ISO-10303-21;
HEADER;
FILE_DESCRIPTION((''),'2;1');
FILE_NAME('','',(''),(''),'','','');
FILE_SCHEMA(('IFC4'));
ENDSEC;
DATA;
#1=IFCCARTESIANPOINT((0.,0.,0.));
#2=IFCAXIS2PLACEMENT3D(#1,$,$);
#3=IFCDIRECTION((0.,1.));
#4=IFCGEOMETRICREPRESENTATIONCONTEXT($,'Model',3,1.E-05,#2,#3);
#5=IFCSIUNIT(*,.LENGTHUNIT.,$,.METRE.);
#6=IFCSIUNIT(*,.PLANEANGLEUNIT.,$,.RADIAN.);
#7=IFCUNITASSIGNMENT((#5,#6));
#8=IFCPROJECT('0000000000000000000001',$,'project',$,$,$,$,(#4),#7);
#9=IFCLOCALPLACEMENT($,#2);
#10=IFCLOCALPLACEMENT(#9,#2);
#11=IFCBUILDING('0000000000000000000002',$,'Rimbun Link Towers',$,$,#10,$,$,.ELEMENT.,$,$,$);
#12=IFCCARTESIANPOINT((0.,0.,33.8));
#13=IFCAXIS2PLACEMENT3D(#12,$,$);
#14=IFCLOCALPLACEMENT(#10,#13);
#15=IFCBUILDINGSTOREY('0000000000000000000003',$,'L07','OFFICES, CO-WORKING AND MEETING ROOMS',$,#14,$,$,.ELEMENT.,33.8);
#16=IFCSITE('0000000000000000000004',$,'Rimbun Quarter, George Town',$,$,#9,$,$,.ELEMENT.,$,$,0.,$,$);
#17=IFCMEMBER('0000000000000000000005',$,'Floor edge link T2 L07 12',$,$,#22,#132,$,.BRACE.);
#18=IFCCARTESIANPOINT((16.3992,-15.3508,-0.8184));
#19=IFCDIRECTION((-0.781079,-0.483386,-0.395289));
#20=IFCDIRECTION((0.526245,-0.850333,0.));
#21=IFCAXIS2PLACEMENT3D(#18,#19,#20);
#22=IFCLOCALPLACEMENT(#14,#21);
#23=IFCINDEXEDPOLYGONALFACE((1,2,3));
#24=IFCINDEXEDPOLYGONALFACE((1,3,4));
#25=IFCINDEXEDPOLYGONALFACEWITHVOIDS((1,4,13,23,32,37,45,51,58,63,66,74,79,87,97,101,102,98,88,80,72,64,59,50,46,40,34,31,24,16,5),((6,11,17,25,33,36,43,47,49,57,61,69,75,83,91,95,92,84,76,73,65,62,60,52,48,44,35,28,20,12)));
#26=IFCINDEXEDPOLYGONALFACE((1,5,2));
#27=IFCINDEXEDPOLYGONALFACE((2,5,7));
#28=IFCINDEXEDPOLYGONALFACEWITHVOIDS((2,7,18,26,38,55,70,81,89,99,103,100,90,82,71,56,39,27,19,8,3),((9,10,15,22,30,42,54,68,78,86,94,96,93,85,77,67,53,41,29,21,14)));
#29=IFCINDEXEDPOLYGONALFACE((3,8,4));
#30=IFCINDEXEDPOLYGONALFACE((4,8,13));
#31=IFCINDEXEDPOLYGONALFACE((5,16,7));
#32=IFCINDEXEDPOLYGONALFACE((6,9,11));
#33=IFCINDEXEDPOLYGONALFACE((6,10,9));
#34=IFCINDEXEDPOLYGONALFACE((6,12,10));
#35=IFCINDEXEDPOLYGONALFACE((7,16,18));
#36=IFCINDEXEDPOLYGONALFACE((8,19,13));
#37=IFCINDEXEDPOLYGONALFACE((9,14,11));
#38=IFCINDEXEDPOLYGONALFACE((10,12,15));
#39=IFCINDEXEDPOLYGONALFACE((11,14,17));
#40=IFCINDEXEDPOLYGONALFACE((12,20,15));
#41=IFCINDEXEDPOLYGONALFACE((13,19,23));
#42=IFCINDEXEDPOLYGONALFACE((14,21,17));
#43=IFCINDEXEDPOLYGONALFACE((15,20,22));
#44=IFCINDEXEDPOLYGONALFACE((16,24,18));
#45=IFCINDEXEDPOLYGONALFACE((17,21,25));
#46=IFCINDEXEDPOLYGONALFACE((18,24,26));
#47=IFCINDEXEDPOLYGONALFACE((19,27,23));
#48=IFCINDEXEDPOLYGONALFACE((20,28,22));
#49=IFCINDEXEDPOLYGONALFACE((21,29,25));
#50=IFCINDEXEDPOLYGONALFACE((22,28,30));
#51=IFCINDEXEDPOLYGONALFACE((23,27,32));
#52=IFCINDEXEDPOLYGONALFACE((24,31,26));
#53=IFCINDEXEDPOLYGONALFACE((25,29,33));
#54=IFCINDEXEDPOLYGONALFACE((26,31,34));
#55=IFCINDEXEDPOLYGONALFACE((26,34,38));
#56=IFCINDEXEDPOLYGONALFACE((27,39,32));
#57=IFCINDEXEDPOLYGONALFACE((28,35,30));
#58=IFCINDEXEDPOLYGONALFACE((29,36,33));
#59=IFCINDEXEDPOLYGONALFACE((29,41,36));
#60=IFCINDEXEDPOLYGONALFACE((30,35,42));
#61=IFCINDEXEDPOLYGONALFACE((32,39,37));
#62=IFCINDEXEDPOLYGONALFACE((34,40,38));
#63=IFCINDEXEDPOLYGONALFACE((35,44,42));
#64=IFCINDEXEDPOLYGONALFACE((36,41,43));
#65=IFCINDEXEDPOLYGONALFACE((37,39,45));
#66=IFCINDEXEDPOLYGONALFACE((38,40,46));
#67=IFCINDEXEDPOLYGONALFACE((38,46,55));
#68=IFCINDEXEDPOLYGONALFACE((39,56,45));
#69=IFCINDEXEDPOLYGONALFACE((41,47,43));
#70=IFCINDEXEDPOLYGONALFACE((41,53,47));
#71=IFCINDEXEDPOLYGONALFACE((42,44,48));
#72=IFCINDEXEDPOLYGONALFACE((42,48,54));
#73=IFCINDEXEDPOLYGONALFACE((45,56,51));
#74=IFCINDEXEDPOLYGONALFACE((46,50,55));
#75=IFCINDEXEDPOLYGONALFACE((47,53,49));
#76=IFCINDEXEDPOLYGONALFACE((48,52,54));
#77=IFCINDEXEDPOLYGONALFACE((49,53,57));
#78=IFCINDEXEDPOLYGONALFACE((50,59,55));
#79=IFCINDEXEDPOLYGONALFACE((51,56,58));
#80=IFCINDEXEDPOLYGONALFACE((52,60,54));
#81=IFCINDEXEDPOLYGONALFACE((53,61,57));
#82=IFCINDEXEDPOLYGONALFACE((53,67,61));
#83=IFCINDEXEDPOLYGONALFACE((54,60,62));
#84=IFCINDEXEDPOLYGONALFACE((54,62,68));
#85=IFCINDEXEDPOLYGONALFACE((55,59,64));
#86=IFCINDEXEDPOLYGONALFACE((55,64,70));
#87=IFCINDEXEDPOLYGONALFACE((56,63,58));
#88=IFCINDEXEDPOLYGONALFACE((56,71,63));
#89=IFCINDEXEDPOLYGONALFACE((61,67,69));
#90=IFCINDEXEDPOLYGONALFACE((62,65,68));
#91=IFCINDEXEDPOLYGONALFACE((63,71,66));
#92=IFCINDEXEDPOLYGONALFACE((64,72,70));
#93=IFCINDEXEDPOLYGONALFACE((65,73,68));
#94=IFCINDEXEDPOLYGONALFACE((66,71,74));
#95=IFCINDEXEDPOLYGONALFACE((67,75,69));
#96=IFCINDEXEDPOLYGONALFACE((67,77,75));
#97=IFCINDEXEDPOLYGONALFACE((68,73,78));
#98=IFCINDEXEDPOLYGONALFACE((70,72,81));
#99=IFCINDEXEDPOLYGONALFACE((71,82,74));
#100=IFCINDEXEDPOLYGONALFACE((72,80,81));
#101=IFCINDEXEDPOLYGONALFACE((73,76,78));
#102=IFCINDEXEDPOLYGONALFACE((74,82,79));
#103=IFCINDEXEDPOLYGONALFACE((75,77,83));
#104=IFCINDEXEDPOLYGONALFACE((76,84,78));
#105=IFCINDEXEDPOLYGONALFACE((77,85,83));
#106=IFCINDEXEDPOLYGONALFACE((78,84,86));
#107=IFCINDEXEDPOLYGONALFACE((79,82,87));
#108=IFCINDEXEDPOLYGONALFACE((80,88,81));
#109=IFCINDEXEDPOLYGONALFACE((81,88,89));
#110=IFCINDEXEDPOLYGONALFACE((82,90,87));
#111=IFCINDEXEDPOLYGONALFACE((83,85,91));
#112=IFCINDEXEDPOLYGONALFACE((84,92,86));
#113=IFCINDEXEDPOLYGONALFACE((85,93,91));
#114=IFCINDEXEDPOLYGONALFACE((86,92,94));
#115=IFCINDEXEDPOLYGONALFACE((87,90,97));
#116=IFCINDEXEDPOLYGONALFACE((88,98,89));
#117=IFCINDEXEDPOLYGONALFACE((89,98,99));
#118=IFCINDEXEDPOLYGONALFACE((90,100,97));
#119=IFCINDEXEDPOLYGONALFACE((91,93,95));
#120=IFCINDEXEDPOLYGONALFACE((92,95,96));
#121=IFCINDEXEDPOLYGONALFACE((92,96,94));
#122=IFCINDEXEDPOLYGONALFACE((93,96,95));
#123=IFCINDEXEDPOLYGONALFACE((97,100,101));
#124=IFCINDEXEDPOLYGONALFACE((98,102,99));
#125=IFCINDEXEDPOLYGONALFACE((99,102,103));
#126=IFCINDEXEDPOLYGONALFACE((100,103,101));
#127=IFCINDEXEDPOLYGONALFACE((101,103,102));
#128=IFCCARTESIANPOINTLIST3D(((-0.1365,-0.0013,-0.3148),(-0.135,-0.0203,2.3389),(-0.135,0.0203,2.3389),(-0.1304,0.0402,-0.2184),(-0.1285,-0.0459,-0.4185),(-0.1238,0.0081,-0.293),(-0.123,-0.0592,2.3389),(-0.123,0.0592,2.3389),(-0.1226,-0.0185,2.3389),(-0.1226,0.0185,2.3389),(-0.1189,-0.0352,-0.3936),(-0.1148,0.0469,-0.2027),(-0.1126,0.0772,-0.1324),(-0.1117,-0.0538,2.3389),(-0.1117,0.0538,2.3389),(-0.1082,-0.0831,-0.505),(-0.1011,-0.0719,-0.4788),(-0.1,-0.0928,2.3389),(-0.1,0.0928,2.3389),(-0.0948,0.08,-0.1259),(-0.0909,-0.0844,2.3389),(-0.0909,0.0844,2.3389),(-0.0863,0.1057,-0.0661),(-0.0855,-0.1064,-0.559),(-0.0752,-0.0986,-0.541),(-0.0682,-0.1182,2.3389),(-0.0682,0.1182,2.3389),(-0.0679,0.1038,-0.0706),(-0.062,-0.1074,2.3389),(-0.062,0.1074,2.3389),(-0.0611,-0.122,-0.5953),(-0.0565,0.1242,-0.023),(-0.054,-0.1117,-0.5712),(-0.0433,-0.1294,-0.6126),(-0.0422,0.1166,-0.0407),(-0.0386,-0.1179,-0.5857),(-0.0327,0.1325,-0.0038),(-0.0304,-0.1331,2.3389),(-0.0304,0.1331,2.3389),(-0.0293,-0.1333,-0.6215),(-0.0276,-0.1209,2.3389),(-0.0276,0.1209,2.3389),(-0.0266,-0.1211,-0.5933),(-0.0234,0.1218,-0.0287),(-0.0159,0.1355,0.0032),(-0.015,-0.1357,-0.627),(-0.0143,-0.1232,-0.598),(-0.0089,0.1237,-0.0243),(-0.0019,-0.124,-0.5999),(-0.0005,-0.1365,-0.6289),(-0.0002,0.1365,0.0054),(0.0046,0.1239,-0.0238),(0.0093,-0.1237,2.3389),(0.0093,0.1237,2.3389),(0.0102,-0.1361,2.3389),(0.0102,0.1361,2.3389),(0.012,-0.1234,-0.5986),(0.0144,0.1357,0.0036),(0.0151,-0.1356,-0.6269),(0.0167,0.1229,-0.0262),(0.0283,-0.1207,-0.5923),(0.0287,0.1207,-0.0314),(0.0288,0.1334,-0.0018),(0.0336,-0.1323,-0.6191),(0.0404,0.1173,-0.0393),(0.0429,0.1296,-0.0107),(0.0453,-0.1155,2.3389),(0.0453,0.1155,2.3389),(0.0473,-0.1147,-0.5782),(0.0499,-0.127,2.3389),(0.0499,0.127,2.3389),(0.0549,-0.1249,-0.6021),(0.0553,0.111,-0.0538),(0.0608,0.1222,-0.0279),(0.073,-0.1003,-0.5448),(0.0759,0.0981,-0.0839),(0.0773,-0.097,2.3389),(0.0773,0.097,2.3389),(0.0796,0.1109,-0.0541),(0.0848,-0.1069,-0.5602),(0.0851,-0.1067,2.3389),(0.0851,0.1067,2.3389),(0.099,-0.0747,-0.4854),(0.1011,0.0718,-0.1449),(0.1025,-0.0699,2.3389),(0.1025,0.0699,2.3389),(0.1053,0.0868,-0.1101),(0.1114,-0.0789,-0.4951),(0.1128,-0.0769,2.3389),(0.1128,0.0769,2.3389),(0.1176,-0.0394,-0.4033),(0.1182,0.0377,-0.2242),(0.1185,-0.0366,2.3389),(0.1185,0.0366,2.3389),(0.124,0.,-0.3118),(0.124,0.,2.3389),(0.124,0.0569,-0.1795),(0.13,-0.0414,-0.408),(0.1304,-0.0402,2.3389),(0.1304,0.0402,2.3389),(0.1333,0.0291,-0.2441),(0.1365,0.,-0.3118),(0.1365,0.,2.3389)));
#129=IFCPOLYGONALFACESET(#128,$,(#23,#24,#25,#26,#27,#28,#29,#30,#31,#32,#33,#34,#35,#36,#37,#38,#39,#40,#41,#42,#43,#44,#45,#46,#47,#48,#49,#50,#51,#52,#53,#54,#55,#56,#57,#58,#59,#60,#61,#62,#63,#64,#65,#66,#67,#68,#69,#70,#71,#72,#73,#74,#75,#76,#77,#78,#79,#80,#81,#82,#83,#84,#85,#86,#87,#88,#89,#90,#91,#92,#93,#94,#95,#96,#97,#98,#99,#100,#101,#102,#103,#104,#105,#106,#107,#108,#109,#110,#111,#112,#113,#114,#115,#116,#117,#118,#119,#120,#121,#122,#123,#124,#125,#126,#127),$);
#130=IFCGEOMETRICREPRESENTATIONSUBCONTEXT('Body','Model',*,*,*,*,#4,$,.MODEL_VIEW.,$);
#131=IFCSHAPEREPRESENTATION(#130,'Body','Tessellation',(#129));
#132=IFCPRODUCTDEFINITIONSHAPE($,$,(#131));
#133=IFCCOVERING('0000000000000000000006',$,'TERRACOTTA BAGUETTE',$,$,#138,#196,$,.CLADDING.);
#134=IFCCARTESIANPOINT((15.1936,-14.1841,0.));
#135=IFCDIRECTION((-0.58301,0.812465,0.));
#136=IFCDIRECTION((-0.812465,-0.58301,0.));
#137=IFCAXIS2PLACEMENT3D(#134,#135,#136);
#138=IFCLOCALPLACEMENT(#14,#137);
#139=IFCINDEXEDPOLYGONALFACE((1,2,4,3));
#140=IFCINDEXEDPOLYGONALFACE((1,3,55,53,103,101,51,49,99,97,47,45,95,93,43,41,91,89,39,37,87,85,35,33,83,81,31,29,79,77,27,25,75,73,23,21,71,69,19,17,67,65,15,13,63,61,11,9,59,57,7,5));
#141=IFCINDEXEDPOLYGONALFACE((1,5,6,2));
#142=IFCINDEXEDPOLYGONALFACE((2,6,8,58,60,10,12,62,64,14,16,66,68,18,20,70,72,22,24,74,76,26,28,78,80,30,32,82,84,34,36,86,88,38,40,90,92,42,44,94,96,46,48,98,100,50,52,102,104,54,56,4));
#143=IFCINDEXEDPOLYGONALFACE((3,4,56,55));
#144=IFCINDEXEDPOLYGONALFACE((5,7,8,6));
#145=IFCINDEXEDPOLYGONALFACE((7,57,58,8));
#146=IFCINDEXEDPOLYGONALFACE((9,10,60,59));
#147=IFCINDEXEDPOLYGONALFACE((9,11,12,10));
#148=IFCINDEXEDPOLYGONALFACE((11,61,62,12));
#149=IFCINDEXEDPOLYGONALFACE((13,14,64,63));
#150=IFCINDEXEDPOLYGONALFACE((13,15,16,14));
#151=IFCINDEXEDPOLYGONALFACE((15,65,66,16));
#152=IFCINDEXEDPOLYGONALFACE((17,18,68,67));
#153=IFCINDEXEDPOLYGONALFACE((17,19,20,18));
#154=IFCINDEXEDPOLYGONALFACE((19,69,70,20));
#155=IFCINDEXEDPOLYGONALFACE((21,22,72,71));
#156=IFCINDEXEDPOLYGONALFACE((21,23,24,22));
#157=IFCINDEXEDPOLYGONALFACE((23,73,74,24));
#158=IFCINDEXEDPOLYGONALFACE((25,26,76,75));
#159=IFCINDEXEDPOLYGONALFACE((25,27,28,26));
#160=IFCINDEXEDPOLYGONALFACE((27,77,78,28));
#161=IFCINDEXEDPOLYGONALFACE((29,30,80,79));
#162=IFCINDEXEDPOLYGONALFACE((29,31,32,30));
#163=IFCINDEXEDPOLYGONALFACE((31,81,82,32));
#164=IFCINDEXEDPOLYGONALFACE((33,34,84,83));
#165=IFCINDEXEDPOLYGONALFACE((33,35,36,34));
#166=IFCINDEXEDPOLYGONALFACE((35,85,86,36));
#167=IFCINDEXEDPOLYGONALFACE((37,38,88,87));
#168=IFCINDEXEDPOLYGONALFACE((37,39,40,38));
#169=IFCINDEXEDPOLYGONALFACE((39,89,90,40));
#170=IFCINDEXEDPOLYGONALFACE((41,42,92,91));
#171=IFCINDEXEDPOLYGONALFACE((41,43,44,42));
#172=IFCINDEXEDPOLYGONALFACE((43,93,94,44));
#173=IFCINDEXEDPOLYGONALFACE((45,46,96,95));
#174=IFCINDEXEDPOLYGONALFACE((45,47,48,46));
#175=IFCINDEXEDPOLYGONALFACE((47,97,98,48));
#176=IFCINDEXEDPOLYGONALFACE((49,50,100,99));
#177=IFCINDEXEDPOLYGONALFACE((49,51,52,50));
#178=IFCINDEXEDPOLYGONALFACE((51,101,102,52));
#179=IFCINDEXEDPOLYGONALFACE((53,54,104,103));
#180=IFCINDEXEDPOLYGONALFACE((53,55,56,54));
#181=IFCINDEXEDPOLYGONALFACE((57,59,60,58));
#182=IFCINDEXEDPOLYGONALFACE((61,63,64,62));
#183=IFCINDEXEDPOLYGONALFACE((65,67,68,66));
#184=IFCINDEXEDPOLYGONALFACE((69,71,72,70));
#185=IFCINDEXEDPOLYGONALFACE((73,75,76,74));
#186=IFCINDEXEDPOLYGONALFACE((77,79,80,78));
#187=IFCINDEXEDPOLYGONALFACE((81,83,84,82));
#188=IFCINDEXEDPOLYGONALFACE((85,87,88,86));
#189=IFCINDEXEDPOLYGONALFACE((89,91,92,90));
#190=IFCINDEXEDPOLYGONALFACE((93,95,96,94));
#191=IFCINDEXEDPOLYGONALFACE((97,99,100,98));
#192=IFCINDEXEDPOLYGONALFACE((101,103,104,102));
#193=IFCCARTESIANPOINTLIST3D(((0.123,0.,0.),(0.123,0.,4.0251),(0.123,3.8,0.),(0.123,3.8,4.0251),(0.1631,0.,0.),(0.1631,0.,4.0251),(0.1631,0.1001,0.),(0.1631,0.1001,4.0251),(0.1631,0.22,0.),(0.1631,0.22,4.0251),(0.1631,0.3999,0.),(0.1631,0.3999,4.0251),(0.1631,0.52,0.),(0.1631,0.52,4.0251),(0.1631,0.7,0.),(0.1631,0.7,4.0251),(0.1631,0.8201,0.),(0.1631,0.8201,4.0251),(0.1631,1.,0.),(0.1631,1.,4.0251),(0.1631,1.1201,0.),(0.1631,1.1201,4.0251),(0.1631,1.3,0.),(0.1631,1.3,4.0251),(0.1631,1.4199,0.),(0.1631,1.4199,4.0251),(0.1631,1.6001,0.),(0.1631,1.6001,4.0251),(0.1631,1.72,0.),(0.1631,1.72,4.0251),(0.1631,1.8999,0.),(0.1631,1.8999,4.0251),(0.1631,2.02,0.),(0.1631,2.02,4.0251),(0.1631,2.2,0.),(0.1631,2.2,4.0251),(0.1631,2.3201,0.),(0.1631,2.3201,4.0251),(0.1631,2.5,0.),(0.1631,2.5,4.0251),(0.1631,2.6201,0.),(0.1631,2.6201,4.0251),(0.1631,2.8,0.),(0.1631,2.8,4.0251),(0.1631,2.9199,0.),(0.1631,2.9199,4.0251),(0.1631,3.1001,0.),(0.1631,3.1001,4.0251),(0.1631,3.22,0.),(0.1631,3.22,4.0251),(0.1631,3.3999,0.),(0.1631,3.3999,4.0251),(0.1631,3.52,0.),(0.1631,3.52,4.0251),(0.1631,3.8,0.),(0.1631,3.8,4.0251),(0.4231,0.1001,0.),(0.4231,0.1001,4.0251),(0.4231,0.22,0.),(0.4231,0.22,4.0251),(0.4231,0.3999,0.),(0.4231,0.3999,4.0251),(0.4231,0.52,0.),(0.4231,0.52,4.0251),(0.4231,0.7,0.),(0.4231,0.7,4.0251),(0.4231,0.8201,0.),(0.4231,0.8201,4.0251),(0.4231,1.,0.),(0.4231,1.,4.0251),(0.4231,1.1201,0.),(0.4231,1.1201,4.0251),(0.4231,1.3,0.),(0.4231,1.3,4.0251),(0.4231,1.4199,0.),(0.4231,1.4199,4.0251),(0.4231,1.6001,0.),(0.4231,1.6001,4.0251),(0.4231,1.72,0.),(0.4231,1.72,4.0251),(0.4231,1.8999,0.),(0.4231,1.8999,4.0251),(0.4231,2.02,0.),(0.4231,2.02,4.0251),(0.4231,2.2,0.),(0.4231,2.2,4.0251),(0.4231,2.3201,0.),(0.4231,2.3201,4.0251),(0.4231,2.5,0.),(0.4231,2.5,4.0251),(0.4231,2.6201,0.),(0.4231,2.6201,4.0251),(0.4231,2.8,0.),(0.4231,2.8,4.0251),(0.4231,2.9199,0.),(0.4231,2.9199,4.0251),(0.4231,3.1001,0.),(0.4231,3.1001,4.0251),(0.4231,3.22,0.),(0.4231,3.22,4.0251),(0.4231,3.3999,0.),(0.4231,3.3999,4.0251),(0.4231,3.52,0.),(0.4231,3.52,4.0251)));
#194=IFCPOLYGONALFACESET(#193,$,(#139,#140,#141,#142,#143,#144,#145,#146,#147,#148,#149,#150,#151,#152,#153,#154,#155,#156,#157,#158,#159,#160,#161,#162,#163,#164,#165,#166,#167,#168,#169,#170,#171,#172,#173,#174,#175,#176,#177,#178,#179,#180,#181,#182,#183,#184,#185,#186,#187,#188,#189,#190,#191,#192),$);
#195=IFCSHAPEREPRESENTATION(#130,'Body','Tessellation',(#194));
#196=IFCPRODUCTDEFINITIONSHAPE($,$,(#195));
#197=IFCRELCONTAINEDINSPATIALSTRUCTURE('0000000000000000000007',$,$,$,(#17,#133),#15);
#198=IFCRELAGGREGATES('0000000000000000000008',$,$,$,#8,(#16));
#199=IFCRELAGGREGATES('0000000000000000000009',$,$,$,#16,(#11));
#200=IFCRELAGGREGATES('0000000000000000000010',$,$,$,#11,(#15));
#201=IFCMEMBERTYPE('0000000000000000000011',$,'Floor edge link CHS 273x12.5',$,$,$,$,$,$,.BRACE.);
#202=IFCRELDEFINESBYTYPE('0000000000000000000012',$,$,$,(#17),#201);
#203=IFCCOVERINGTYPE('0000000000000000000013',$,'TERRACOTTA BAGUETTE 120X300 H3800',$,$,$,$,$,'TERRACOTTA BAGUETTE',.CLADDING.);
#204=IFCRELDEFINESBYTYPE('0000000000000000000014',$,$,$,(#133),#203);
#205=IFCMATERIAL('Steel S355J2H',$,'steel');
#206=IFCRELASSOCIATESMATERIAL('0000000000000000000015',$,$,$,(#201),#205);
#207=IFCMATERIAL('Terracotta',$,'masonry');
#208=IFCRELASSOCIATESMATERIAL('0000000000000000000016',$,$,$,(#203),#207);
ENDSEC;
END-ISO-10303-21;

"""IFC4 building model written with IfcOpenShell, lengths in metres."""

from ifc_helpers import new_model, si_unit, direction, frame, origin, origin_2d, place, context, subcontext, project, spatial, polyline, hollow_circle, outline, extrude, clip, halfspace, material, material_profile, profile_set, type_object, element, save


model = new_model("IFC4")

# Units and contexts
model_context = context("Model", 3, precision=1e-05, world=origin(), true_north=direction((0.0, 1.0)))
body_context = subcontext(model_context, "Body", "Model", "MODEL_VIEW")
ifc_project = project(units=[si_unit("LENGTHUNIT", "METRE"), si_unit("PLANEANGLEUNIT", "RADIAN")], contexts=[model_context])

# Site, building, storey
site_placement = place(None, origin())
site = spatial("IfcSite", under=ifc_project, at=site_placement, Name="Rimbun Quarter, George Town", CompositionType="ELEMENT", RefElevation=0.0)
building_placement = place(site_placement, origin())
building = spatial("IfcBuilding", under=site, at=building_placement, Name="Rimbun Link Towers", CompositionType="ELEMENT")
storey_placement = place(building_placement, frame((0.0, 0.0, 33.8)))
storey = spatial("IfcBuildingStorey", under=building, at=storey_placement, Name="L07", Description="OFFICES, CO-WORKING AND MEETING ROOMS", CompositionType="ELEMENT", Elevation=33.8)

# Member
ifc_material_1 = material(Name="Steel S355J2H", Category="steel")
ifc_material_profile_1 = material_profile(ifc_material_1, hollow_circle(Radius=0.1365, WallThickness=0.0125, at=origin_2d()), Name="CHS 273x12.5")
ifc_profile_set_1 = profile_set([ifc_material_profile_1], Name="Steel S355J2H")
member_type_1 = type_object("IfcMemberType", Name="Floor edge link CHS 273x12.5", PredefinedType="BRACE", material=ifc_profile_set_1)
member_1_placement = place(storey_placement, frame((16.3992, -15.3508, -0.8184), z_axis=(-0.781079, -0.483386, -0.395289), x_axis=(0.526245, -0.850333, 0.0)))
element("IfcMember", 1, at=member_1_placement, inside=storey, type_object=member_type_1, Name="Floor edge link T2 L07 12", PredefinedType="BRACE", context=body_context, shape_type="Clipping", body=[
    clip(extrude(hollow_circle(Radius=0.1365, WallThickness=0.0125, at=origin_2d()), frame((0.0, 0.0, -0.6597)), (0.0, 0.0, 1.0), 2.9985), halfspace(frame((0.0, 0.0, -0.3118), z_axis=(0.0, 0.918557, -0.395289)), False)),
])

# Covering
ifc_material_2 = material(Name="Terracotta", Category="masonry")
ifc_material_profile_2 = material_profile(ifc_material_2, outline(polyline([(0.123, 0.0), (0.1631, 0.0), (0.1631, 0.1001), (0.4231, 0.1001), (0.4231, 0.22), (0.1631, 0.22), (0.1631, 0.3999), (0.4231, 0.3999), (0.4231, 0.52), (0.1631, 0.52), (0.1631, 0.7), (0.4231, 0.7), (0.4231, 0.8201), (0.1631, 0.8201), (0.1631, 1.0), (0.4231, 1.0), (0.4231, 1.1201), (0.1631, 1.1201), (0.1631, 1.3), (0.4231, 1.3), (0.4231, 1.4199), (0.1631, 1.4199), (0.1631, 1.6001), (0.4231, 1.6001), (0.4231, 1.72), (0.1631, 1.72), (0.1631, 1.8999), (0.4231, 1.8999), (0.4231, 2.02), (0.1631, 2.02), (0.1631, 2.2), (0.4231, 2.2), (0.4231, 2.3201), (0.1631, 2.3201), (0.1631, 2.5), (0.4231, 2.5), (0.4231, 2.6201), (0.1631, 2.6201), (0.1631, 2.8), (0.4231, 2.8), (0.4231, 2.9199), (0.1631, 2.9199), (0.1631, 3.1001), (0.4231, 3.1001), (0.4231, 3.22), (0.1631, 3.22), (0.1631, 3.3999), (0.4231, 3.3999), (0.4231, 3.52), (0.1631, 3.52), (0.1631, 3.8), (0.123, 3.8), (0.123, 0.0)])), Name="BAGUETTE 120X300")
ifc_profile_set_2 = profile_set([ifc_material_profile_2], Name="Terracotta")
covering_type = type_object("IfcCoveringType", Name="TERRACOTTA BAGUETTE 120X300 H3800", ElementType="TERRACOTTA BAGUETTE", PredefinedType="CLADDING", material=ifc_profile_set_2)
covering_1_placement = place(storey_placement, frame((15.1936, -14.1841, 0.0), z_axis=(-0.58301, 0.812465, 0.0), x_axis=(-0.812465, -0.58301, 0.0)))
element("IfcCovering", 2, at=covering_1_placement, inside=storey, type_object=covering_type, Name="TERRACOTTA BAGUETTE", PredefinedType="CLADDING", context=body_context, shape_type="SweptSolid", body=[
    extrude(outline(polyline([(0.123, 0.0), (0.1631, 0.0), (0.1631, 0.1001), (0.4231, 0.1001), (0.4231, 0.22), (0.1631, 0.22), (0.1631, 0.3999), (0.4231, 0.3999), (0.4231, 0.52), (0.1631, 0.52), (0.1631, 0.7), (0.4231, 0.7), (0.4231, 0.8201), (0.1631, 0.8201), (0.1631, 1.0), (0.4231, 1.0), (0.4231, 1.1201), (0.1631, 1.1201), (0.1631, 1.3), (0.4231, 1.3), (0.4231, 1.4199), (0.1631, 1.4199), (0.1631, 1.6001), (0.4231, 1.6001), (0.4231, 1.72), (0.1631, 1.72), (0.1631, 1.8999), (0.4231, 1.8999), (0.4231, 2.02), (0.1631, 2.02), (0.1631, 2.2), (0.4231, 2.2), (0.4231, 2.3201), (0.1631, 2.3201), (0.1631, 2.5), (0.4231, 2.5), (0.4231, 2.6201), (0.1631, 2.6201), (0.1631, 2.8), (0.4231, 2.8), (0.4231, 2.9199), (0.1631, 2.9199), (0.1631, 3.1001), (0.4231, 3.1001), (0.4231, 3.22), (0.1631, 3.22), (0.1631, 3.3999), (0.4231, 3.3999), (0.4231, 3.52), (0.1631, 3.52), (0.1631, 3.8), (0.123, 3.8), (0.123, 0.0)])), origin(), (0.0, 0.0, 1.0), 4.0251),
])

save(model, "model.ifc")
